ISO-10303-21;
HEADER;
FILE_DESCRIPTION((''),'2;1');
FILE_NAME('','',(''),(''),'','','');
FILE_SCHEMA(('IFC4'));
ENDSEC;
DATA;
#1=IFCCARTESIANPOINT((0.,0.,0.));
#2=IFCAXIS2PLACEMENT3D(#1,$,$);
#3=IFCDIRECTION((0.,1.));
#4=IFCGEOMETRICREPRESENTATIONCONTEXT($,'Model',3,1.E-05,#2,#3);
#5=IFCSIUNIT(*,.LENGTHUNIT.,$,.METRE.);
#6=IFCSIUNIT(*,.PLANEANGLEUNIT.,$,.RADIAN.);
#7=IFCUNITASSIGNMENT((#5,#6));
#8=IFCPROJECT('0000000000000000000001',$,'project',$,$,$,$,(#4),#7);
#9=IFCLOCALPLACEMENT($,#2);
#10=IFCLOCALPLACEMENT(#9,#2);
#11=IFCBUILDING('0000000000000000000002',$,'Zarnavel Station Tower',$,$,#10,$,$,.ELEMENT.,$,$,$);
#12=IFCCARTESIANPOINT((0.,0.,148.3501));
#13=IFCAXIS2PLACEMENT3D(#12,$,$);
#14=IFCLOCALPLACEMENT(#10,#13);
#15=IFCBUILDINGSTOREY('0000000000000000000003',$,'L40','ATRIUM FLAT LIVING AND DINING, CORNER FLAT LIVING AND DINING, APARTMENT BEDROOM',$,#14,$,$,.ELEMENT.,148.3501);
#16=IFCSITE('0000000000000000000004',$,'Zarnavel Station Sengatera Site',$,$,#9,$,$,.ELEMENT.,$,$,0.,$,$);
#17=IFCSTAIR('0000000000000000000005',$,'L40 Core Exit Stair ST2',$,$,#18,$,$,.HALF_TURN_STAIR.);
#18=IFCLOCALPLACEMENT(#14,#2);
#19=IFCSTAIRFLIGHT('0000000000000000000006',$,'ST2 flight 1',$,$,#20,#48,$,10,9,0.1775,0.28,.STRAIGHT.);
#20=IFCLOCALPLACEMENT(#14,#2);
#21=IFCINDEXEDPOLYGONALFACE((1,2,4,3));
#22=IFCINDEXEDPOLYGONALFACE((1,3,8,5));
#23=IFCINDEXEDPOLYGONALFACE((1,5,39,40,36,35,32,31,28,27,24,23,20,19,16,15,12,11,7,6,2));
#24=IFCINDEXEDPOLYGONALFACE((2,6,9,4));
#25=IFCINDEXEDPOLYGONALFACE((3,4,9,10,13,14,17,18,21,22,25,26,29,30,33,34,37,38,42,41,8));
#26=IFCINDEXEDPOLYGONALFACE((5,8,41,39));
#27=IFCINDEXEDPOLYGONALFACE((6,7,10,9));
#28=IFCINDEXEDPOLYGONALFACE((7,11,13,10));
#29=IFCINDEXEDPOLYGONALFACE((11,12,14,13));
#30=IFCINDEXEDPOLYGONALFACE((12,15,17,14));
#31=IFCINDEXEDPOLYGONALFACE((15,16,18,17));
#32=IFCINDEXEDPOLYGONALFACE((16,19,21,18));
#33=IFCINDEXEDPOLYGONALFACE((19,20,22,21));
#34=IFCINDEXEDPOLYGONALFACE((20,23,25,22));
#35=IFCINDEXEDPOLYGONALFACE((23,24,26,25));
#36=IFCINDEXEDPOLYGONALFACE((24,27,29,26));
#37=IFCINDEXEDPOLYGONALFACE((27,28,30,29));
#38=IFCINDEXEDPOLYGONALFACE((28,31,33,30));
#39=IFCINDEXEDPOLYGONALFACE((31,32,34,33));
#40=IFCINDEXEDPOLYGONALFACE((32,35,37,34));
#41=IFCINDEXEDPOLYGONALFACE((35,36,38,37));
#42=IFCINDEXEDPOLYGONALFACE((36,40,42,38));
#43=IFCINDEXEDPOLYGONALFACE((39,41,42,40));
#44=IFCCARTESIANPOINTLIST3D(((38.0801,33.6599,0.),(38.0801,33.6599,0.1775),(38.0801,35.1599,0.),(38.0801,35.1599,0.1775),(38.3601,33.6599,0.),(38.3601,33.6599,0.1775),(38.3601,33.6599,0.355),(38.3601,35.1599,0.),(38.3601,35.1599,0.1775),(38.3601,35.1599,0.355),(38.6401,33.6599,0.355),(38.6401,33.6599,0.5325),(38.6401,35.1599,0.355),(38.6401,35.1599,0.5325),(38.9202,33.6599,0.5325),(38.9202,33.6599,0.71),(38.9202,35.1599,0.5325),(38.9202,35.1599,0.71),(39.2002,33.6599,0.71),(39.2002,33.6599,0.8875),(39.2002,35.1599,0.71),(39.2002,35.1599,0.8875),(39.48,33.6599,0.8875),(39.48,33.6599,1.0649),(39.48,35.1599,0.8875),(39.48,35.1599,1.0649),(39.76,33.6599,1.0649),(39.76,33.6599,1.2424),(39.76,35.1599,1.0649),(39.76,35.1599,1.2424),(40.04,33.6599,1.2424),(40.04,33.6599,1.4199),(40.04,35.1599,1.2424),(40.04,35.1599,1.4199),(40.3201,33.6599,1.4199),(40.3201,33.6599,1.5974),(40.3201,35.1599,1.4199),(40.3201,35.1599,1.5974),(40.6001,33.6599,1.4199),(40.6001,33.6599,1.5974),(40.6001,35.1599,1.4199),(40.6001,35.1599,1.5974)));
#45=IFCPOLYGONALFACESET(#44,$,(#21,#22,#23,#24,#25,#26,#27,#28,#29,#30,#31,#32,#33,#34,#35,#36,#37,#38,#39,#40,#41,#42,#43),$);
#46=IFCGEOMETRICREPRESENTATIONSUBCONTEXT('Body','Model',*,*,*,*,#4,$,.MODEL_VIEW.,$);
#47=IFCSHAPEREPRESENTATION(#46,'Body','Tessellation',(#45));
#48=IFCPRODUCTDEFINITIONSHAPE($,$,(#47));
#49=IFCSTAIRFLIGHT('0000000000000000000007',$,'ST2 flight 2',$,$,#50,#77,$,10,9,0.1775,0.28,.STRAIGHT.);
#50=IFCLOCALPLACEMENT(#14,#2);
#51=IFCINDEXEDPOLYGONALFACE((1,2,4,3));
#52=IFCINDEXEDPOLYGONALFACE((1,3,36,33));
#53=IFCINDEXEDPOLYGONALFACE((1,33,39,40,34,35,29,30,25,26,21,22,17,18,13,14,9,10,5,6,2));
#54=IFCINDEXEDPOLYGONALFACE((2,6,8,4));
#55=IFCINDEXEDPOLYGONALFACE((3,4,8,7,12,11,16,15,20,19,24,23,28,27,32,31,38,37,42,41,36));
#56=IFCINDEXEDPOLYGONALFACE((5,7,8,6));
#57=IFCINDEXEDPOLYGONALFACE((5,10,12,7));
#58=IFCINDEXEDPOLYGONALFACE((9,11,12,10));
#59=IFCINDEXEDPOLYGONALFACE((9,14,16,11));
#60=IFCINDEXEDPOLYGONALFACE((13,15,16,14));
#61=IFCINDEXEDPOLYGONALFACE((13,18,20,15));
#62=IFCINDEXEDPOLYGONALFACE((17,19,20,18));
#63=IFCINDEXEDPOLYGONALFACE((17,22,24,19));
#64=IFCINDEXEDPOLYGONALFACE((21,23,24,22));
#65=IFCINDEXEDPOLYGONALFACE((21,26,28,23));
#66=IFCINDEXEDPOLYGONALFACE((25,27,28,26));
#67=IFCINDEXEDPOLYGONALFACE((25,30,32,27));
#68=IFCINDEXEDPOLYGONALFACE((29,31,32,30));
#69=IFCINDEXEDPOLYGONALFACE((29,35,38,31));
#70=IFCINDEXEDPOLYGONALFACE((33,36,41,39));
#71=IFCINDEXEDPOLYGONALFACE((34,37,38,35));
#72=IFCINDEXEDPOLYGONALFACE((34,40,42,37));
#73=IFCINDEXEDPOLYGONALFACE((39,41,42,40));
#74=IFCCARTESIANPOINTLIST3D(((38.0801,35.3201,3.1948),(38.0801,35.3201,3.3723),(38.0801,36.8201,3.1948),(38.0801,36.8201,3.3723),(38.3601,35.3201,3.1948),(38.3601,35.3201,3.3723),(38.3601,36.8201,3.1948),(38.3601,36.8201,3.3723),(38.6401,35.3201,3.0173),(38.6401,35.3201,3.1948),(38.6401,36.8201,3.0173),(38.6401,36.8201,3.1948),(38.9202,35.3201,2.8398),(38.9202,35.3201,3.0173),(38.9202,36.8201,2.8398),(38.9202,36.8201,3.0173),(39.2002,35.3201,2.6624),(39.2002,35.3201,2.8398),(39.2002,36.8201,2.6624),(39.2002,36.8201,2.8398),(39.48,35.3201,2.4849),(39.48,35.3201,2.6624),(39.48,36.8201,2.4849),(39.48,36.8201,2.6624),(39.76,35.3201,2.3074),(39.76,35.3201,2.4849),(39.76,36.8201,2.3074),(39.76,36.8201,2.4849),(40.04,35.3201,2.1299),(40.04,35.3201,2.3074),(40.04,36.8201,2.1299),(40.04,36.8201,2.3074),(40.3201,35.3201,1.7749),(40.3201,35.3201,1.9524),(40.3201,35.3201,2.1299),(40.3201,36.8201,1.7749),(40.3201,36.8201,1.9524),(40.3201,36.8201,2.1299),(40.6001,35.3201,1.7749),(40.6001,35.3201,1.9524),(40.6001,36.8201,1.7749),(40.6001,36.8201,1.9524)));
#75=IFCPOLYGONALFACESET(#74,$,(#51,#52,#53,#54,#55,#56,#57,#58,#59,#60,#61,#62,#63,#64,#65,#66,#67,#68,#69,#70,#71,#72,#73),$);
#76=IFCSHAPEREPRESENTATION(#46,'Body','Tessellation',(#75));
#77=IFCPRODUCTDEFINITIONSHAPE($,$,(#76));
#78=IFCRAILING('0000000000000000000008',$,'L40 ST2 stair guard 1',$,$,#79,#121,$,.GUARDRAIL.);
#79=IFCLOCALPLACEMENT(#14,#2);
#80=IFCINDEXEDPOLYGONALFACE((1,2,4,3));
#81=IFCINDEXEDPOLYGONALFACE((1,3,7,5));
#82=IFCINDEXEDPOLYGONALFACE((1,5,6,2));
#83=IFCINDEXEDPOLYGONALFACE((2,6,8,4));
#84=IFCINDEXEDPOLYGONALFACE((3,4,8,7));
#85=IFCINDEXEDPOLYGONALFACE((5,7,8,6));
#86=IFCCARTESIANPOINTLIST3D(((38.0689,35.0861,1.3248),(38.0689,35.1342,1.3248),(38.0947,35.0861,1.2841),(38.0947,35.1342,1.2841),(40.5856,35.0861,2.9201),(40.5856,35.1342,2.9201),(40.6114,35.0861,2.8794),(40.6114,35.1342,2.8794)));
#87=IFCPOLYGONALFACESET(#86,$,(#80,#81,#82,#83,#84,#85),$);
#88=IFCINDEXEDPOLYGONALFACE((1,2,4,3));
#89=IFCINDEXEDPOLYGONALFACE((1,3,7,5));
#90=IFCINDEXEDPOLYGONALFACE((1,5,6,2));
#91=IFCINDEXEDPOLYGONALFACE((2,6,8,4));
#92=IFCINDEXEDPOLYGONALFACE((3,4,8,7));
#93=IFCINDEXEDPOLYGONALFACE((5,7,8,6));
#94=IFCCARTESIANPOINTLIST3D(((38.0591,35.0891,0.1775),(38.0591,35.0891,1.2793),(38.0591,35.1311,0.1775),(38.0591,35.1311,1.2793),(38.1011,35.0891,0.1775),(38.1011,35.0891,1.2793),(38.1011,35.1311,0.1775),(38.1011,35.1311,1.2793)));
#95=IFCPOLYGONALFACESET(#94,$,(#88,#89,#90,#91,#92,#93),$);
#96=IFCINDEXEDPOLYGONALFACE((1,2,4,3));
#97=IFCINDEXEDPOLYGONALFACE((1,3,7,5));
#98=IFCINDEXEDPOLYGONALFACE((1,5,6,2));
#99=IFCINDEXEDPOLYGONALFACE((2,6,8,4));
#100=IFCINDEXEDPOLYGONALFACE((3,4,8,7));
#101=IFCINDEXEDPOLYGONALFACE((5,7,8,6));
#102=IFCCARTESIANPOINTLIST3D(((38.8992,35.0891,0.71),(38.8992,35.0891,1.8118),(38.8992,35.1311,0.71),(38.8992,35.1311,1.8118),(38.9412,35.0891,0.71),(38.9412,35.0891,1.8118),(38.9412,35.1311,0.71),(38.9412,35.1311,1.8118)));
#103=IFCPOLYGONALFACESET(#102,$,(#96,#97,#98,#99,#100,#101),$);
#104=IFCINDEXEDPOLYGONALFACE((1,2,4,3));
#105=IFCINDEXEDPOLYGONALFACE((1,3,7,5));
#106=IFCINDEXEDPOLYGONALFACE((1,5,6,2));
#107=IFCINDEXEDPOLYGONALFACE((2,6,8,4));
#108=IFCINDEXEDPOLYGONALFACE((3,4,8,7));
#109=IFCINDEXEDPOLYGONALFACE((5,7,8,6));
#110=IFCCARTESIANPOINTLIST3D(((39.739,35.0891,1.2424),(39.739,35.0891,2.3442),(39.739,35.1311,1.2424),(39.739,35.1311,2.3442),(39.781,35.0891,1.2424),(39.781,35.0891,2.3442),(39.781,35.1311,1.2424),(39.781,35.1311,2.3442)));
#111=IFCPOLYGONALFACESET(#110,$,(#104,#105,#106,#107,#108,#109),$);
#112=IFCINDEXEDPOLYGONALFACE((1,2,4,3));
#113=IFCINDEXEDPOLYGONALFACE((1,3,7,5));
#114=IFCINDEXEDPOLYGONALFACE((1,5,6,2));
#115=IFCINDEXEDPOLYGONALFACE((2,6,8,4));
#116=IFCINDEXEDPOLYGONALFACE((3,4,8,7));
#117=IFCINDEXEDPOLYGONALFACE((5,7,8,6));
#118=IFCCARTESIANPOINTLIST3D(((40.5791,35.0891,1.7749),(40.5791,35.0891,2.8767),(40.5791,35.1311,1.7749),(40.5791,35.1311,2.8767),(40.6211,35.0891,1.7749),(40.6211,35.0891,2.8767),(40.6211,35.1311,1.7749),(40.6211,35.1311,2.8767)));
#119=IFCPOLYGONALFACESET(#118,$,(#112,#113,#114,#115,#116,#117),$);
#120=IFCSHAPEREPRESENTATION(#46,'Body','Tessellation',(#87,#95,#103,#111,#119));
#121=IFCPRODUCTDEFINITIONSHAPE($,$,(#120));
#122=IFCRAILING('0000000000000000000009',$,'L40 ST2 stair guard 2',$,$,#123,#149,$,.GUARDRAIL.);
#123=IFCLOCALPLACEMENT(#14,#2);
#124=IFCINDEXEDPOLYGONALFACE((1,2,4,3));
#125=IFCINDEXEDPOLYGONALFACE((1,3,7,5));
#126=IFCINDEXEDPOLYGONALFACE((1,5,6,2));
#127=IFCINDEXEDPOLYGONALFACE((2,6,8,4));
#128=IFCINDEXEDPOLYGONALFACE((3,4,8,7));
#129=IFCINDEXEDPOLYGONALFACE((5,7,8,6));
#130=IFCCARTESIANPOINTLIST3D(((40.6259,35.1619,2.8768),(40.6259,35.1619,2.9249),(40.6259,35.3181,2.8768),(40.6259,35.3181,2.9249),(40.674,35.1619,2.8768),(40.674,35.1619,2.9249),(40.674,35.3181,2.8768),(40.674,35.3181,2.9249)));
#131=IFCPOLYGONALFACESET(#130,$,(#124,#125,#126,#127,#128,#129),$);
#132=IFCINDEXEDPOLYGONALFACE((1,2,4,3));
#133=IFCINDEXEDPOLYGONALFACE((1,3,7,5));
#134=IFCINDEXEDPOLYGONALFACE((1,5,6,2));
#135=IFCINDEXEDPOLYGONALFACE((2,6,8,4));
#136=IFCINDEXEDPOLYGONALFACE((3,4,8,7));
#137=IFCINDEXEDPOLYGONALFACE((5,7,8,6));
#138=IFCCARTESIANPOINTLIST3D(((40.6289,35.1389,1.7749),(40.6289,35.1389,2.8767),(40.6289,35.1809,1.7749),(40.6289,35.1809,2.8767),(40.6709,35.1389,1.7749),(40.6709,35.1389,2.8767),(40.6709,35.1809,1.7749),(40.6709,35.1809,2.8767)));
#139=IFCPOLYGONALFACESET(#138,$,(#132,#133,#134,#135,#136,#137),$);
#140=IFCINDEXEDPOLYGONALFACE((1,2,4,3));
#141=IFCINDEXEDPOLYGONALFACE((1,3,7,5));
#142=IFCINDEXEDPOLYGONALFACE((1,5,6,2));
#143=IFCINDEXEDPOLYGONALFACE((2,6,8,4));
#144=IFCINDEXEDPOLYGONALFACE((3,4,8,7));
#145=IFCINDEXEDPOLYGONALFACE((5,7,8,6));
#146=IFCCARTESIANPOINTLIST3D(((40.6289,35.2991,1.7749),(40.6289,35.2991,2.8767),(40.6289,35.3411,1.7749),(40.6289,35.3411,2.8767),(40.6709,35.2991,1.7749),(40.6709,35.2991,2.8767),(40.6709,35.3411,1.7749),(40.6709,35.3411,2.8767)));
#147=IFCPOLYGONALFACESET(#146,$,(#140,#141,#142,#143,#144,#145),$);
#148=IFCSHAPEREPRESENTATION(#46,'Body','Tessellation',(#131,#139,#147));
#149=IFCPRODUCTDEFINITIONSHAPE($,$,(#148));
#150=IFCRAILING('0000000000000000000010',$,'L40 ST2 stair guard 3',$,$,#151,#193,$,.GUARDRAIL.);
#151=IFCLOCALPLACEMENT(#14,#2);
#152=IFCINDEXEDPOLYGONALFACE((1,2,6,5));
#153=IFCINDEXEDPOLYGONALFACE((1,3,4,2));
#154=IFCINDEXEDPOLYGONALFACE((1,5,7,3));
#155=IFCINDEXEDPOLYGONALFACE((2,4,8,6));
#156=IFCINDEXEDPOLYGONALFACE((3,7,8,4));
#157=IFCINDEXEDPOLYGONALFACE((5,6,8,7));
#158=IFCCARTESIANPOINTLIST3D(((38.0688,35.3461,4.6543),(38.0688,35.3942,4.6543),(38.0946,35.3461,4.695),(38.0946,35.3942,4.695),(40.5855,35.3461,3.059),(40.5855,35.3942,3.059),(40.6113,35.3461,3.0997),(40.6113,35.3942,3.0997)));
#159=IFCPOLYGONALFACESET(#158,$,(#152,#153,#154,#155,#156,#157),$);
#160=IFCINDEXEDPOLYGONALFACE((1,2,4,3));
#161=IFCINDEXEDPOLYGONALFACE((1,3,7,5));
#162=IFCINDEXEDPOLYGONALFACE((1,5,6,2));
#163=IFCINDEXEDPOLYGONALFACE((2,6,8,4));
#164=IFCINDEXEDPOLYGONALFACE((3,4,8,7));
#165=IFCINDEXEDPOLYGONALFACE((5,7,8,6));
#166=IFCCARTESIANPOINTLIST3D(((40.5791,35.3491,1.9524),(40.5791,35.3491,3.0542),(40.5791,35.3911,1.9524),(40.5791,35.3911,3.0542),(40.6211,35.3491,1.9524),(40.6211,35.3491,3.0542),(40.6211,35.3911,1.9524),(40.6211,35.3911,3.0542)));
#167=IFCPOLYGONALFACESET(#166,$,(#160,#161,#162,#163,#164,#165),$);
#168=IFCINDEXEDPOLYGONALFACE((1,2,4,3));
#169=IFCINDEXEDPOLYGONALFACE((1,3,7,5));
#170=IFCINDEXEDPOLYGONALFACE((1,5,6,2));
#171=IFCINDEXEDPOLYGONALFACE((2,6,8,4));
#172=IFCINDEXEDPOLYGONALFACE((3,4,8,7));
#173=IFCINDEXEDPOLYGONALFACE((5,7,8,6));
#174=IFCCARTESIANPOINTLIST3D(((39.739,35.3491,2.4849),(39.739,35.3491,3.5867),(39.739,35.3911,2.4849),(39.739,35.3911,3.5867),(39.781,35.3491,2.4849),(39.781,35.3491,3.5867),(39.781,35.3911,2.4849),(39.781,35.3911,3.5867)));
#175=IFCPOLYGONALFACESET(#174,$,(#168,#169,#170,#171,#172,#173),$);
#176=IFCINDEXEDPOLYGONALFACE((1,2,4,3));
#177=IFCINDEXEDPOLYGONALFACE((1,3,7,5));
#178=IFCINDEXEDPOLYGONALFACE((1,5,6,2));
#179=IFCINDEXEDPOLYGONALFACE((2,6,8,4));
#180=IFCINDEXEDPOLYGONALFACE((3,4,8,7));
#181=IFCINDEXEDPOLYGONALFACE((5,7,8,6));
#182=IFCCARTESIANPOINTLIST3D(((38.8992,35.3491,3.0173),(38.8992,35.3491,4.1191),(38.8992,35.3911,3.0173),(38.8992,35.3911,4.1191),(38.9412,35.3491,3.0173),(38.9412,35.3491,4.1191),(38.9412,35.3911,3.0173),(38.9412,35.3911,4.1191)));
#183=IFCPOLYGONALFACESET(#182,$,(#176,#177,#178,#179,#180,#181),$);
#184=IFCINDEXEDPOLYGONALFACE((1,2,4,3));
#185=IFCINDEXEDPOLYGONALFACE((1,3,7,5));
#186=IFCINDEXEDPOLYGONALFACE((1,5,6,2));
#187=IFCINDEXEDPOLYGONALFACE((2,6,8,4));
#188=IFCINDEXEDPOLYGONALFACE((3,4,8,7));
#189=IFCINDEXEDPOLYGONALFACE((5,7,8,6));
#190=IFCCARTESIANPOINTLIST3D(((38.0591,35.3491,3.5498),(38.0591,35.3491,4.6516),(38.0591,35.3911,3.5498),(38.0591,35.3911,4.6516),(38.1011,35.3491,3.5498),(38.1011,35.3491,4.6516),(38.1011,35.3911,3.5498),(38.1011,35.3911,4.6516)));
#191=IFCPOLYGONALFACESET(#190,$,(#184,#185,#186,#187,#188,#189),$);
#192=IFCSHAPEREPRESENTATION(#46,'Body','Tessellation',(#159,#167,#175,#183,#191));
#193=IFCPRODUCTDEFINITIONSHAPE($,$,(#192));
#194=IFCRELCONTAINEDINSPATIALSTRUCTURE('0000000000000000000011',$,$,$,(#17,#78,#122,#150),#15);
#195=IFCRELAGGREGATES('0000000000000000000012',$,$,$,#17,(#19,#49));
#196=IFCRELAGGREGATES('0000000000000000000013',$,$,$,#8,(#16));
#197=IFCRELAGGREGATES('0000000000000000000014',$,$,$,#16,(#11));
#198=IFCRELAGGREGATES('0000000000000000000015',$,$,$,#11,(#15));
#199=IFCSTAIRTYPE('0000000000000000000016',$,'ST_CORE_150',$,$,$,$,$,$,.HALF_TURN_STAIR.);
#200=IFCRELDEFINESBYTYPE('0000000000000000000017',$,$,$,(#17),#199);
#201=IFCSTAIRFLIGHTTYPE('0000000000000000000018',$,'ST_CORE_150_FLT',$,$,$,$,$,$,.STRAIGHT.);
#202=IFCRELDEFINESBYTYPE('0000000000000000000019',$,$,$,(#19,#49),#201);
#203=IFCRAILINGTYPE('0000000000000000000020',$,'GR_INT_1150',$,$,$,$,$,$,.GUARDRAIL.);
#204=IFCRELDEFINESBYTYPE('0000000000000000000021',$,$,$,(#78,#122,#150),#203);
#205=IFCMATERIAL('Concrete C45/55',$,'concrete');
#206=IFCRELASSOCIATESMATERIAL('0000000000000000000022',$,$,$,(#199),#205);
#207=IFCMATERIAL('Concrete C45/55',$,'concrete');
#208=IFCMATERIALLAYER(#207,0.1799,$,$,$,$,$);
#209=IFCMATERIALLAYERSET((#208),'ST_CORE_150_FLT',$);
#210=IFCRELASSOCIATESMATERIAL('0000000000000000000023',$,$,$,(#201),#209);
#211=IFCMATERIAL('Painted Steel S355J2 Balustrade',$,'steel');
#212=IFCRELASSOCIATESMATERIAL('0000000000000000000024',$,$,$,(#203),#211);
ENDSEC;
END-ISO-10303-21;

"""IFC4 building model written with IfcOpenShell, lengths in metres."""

from ifc_helpers import new_model, si_unit, direction, frame, origin, origin_2d, place, context, subcontext, project, spatial, polyline, rectangle, outline, extrude, material, layer, layer_set, type_object, element, aggregate, save


model = new_model("IFC4")

# Units and contexts
model_context = context("Model", 3, precision=1e-05, world=origin(), true_north=direction((0.0, 1.0)))
body_context = subcontext(model_context, "Body", "Model", "MODEL_VIEW")
ifc_project = project(units=[si_unit("LENGTHUNIT", "METRE"), si_unit("PLANEANGLEUNIT", "RADIAN")], contexts=[model_context])

# Site, building, storey
site_placement = place(None, origin())
site = spatial("IfcSite", under=ifc_project, at=site_placement, Name="Zarnavel Station Sengatera Site", CompositionType="ELEMENT", RefElevation=0.0)
building_placement = place(site_placement, origin())
building = spatial("IfcBuilding", under=site, at=building_placement, Name="Zarnavel Station Tower", CompositionType="ELEMENT")
storey_placement = place(building_placement, frame((0.0, 0.0, 148.3501)))
storey = spatial("IfcBuildingStorey", under=building, at=storey_placement, Name="L40", Description="ATRIUM FLAT LIVING AND DINING, CORNER FLAT LIVING AND DINING, APARTMENT BEDROOM", CompositionType="ELEMENT", Elevation=148.3501)

# Stair, stair flights
ifc_material_1 = material(Name="Concrete C45/55", Category="concrete")
stair_type = type_object("IfcStairType", Name="ST_CORE_150", PredefinedType="HALF_TURN_STAIR", material=ifc_material_1)
stair_placement = place(storey_placement, origin())
stair = element("IfcStair", 1, at=stair_placement, inside=storey, type_object=stair_type, Name="L40 Core Exit Stair ST2", PredefinedType="HALF_TURN_STAIR")
ifc_material_2 = material(Name="Concrete C45/55", Category="concrete")
ifc_layer_1 = layer(ifc_material_2, 0.1799)
ifc_layer_set_1 = layer_set([ifc_layer_1], Name="ST_CORE_150_FLT")
stair_flight_type = type_object("IfcStairFlightType", Name="ST_CORE_150_FLT", PredefinedType="STRAIGHT", material=ifc_layer_set_1)
stair_flight_1_placement = place(storey_placement, frame((38.0801, 34.4099, 0.0), z_axis=(0.0, 0.0, 1.0), x_axis=(1.0, 0.0, 0.0)))
stair_flight_1 = element("IfcStairFlight", 2, at=stair_flight_1_placement, type_object=stair_flight_type, Name="ST2 flight 1", NumberOfRisers=10, NumberOfTreads=9, PredefinedType="STRAIGHT", RiserHeight=0.1775, TreadLength=0.28, context=body_context, shape_type="SweptSolid", body=[
    extrude(outline(polyline([(0.0, 0.0), (0.0, 0.1775), (0.28, 0.1775), (0.28, 0.355), (0.5601, 0.355), (0.5601, 0.5325), (0.8401, 0.5325), (0.8401, 0.71), (1.1201, 0.71), (1.1201, 0.8875), (1.3999, 0.8875), (1.3999, 1.0649), (1.6799, 1.0649), (1.6799, 1.2424), (1.96, 1.2424), (1.96, 1.4199), (2.24, 1.4199), (2.24, 1.5974), (2.52, 1.5974), (2.52, 1.7749), (2.52, 1.4199), (0.28, 0.0), (0.0, 0.0)])), frame((0.0, 0.75, 0.0), z_axis=(0.0, -1.0, 0.0), x_axis=(1.0, 0.0, 0.0)), (0.0, 0.0, 1.0), 1.5),
])
stair_flight_2_placement = place(storey_placement, frame((40.6001, 36.0701, 1.7749), z_axis=(0.0, 0.0, 1.0), x_axis=(-1.0, 0.0, 0.0)))
stair_flight_2 = element("IfcStairFlight", 3, at=stair_flight_2_placement, type_object=stair_flight_type, Name="ST2 flight 2", NumberOfRisers=10, NumberOfTreads=9, PredefinedType="STRAIGHT", RiserHeight=0.1775, TreadLength=0.28, context=body_context, shape_type="SweptSolid", body=[
    extrude(outline(polyline([(0.0, 0.0), (0.0, 0.1775), (0.28, 0.1775), (0.28, 0.355), (0.5601, 0.355), (0.5601, 0.5325), (0.8401, 0.5325), (0.8401, 0.71), (1.1201, 0.71), (1.1201, 0.8875), (1.3999, 0.8875), (1.3999, 1.0649), (1.6799, 1.0649), (1.6799, 1.2424), (1.96, 1.2424), (1.96, 1.4199), (2.24, 1.4199), (2.24, 1.5974), (2.52, 1.5974), (2.52, 1.7749), (2.52, 1.4199), (0.28, 0.0), (0.0, 0.0)])), frame((0.0, 0.75, 0.0), z_axis=(0.0, -1.0, 0.0), x_axis=(1.0, 0.0, 0.0)), (0.0, 0.0, 1.0), 1.5),
])
aggregate(stair, [stair_flight_1, stair_flight_2])

# Railings
ifc_material_3 = material(Name="Painted Steel S355J2 Balustrade", Category="steel")
railing_type_1 = type_object("IfcRailingType", Name="GR_INT_1150", PredefinedType="GUARDRAIL", material=ifc_material_3)
railing_1_placement = place(storey_placement, frame((38.0801, 35.1101, 0.1775)))
element("IfcRailing", 4, at=railing_1_placement, inside=storey, type_object=railing_type_1, Name="L40 ST2 stair guard 1", PredefinedType="GUARDRAIL", context=body_context, shape_type="SweptSolid", body=[
    extrude(rectangle(XDim=0.0481, YDim=0.0481, at=origin_2d()), frame((0.0017, 0.0, 1.127), z_axis=(0.844607, 0.0, 0.535387), x_axis=(0.0, 1.0, 0.0)), (0.0, 0.0, 1.0), 2.9797),
    extrude(rectangle(XDim=0.042, YDim=0.042, at=origin_2d()), origin(), (0.0, 0.0, 1.0), 1.1018),
    extrude(rectangle(XDim=0.042, YDim=0.042, at=origin_2d()), frame((0.8401, 0.0, 0.5325)), (0.0, 0.0, 1.0), 1.1018),
    extrude(rectangle(XDim=0.042, YDim=0.042, at=origin_2d()), frame((1.6799, 0.0, 1.0649)), (0.0, 0.0, 1.0), 1.1018),
    extrude(rectangle(XDim=0.042, YDim=0.042, at=origin_2d()), frame((2.52, 0.0, 1.5974)), (0.0, 0.0, 1.0), 1.1018),
])
railing_2_placement = place(storey_placement, frame((40.6499, 35.1599, 1.7749)))
element("IfcRailing", 5, at=railing_2_placement, inside=storey, type_object=railing_type_1, Name="L40 ST2 stair guard 2", PredefinedType="GUARDRAIL", context=body_context, shape_type="SweptSolid", body=[
    extrude(rectangle(XDim=0.0481, YDim=0.0481, at=origin_2d()), frame((0.0, 0.002, 1.126), z_axis=(0.0, 1.0, 0.0), x_axis=(-1.0, 0.0, 0.0)), (0.0, 0.0, 1.0), 0.1562),
    extrude(rectangle(XDim=0.042, YDim=0.042, at=origin_2d()), origin(), (0.0, 0.0, 1.0), 1.1018),
    extrude(rectangle(XDim=0.042, YDim=0.042, at=origin_2d()), frame((0.0, 0.1602, 0.0)), (0.0, 0.0, 1.0), 1.1018),
])
railing_3_placement = place(storey_placement, frame((40.6001, 35.3701, 1.9524)))
element("IfcRailing", 6, at=railing_3_placement, inside=storey, type_object=railing_type_1, Name="L40 ST2 stair guard 3", PredefinedType="GUARDRAIL", context=body_context, shape_type="SweptSolid", body=[
    extrude(rectangle(XDim=0.0481, YDim=0.0481, at=origin_2d()), frame((-0.0017, 0.0, 1.127), z_axis=(-0.844607, 0.0, 0.535387), x_axis=(0.0, -1.0, 0.0)), (0.0, 0.0, 1.0), 2.9797),
    extrude(rectangle(XDim=0.042, YDim=0.042, at=origin_2d()), origin(), (0.0, 0.0, 1.0), 1.1018),
    extrude(rectangle(XDim=0.042, YDim=0.042, at=origin_2d()), frame((-0.8401, 0.0, 0.5325)), (0.0, 0.0, 1.0), 1.1018),
    extrude(rectangle(XDim=0.042, YDim=0.042, at=origin_2d()), frame((-1.6799, 0.0, 1.0649)), (0.0, 0.0, 1.0), 1.1018),
    extrude(rectangle(XDim=0.042, YDim=0.042, at=origin_2d()), frame((-2.52, 0.0, 1.5974)), (0.0, 0.0, 1.0), 1.1018),
])

save(model, "model.ifc")
